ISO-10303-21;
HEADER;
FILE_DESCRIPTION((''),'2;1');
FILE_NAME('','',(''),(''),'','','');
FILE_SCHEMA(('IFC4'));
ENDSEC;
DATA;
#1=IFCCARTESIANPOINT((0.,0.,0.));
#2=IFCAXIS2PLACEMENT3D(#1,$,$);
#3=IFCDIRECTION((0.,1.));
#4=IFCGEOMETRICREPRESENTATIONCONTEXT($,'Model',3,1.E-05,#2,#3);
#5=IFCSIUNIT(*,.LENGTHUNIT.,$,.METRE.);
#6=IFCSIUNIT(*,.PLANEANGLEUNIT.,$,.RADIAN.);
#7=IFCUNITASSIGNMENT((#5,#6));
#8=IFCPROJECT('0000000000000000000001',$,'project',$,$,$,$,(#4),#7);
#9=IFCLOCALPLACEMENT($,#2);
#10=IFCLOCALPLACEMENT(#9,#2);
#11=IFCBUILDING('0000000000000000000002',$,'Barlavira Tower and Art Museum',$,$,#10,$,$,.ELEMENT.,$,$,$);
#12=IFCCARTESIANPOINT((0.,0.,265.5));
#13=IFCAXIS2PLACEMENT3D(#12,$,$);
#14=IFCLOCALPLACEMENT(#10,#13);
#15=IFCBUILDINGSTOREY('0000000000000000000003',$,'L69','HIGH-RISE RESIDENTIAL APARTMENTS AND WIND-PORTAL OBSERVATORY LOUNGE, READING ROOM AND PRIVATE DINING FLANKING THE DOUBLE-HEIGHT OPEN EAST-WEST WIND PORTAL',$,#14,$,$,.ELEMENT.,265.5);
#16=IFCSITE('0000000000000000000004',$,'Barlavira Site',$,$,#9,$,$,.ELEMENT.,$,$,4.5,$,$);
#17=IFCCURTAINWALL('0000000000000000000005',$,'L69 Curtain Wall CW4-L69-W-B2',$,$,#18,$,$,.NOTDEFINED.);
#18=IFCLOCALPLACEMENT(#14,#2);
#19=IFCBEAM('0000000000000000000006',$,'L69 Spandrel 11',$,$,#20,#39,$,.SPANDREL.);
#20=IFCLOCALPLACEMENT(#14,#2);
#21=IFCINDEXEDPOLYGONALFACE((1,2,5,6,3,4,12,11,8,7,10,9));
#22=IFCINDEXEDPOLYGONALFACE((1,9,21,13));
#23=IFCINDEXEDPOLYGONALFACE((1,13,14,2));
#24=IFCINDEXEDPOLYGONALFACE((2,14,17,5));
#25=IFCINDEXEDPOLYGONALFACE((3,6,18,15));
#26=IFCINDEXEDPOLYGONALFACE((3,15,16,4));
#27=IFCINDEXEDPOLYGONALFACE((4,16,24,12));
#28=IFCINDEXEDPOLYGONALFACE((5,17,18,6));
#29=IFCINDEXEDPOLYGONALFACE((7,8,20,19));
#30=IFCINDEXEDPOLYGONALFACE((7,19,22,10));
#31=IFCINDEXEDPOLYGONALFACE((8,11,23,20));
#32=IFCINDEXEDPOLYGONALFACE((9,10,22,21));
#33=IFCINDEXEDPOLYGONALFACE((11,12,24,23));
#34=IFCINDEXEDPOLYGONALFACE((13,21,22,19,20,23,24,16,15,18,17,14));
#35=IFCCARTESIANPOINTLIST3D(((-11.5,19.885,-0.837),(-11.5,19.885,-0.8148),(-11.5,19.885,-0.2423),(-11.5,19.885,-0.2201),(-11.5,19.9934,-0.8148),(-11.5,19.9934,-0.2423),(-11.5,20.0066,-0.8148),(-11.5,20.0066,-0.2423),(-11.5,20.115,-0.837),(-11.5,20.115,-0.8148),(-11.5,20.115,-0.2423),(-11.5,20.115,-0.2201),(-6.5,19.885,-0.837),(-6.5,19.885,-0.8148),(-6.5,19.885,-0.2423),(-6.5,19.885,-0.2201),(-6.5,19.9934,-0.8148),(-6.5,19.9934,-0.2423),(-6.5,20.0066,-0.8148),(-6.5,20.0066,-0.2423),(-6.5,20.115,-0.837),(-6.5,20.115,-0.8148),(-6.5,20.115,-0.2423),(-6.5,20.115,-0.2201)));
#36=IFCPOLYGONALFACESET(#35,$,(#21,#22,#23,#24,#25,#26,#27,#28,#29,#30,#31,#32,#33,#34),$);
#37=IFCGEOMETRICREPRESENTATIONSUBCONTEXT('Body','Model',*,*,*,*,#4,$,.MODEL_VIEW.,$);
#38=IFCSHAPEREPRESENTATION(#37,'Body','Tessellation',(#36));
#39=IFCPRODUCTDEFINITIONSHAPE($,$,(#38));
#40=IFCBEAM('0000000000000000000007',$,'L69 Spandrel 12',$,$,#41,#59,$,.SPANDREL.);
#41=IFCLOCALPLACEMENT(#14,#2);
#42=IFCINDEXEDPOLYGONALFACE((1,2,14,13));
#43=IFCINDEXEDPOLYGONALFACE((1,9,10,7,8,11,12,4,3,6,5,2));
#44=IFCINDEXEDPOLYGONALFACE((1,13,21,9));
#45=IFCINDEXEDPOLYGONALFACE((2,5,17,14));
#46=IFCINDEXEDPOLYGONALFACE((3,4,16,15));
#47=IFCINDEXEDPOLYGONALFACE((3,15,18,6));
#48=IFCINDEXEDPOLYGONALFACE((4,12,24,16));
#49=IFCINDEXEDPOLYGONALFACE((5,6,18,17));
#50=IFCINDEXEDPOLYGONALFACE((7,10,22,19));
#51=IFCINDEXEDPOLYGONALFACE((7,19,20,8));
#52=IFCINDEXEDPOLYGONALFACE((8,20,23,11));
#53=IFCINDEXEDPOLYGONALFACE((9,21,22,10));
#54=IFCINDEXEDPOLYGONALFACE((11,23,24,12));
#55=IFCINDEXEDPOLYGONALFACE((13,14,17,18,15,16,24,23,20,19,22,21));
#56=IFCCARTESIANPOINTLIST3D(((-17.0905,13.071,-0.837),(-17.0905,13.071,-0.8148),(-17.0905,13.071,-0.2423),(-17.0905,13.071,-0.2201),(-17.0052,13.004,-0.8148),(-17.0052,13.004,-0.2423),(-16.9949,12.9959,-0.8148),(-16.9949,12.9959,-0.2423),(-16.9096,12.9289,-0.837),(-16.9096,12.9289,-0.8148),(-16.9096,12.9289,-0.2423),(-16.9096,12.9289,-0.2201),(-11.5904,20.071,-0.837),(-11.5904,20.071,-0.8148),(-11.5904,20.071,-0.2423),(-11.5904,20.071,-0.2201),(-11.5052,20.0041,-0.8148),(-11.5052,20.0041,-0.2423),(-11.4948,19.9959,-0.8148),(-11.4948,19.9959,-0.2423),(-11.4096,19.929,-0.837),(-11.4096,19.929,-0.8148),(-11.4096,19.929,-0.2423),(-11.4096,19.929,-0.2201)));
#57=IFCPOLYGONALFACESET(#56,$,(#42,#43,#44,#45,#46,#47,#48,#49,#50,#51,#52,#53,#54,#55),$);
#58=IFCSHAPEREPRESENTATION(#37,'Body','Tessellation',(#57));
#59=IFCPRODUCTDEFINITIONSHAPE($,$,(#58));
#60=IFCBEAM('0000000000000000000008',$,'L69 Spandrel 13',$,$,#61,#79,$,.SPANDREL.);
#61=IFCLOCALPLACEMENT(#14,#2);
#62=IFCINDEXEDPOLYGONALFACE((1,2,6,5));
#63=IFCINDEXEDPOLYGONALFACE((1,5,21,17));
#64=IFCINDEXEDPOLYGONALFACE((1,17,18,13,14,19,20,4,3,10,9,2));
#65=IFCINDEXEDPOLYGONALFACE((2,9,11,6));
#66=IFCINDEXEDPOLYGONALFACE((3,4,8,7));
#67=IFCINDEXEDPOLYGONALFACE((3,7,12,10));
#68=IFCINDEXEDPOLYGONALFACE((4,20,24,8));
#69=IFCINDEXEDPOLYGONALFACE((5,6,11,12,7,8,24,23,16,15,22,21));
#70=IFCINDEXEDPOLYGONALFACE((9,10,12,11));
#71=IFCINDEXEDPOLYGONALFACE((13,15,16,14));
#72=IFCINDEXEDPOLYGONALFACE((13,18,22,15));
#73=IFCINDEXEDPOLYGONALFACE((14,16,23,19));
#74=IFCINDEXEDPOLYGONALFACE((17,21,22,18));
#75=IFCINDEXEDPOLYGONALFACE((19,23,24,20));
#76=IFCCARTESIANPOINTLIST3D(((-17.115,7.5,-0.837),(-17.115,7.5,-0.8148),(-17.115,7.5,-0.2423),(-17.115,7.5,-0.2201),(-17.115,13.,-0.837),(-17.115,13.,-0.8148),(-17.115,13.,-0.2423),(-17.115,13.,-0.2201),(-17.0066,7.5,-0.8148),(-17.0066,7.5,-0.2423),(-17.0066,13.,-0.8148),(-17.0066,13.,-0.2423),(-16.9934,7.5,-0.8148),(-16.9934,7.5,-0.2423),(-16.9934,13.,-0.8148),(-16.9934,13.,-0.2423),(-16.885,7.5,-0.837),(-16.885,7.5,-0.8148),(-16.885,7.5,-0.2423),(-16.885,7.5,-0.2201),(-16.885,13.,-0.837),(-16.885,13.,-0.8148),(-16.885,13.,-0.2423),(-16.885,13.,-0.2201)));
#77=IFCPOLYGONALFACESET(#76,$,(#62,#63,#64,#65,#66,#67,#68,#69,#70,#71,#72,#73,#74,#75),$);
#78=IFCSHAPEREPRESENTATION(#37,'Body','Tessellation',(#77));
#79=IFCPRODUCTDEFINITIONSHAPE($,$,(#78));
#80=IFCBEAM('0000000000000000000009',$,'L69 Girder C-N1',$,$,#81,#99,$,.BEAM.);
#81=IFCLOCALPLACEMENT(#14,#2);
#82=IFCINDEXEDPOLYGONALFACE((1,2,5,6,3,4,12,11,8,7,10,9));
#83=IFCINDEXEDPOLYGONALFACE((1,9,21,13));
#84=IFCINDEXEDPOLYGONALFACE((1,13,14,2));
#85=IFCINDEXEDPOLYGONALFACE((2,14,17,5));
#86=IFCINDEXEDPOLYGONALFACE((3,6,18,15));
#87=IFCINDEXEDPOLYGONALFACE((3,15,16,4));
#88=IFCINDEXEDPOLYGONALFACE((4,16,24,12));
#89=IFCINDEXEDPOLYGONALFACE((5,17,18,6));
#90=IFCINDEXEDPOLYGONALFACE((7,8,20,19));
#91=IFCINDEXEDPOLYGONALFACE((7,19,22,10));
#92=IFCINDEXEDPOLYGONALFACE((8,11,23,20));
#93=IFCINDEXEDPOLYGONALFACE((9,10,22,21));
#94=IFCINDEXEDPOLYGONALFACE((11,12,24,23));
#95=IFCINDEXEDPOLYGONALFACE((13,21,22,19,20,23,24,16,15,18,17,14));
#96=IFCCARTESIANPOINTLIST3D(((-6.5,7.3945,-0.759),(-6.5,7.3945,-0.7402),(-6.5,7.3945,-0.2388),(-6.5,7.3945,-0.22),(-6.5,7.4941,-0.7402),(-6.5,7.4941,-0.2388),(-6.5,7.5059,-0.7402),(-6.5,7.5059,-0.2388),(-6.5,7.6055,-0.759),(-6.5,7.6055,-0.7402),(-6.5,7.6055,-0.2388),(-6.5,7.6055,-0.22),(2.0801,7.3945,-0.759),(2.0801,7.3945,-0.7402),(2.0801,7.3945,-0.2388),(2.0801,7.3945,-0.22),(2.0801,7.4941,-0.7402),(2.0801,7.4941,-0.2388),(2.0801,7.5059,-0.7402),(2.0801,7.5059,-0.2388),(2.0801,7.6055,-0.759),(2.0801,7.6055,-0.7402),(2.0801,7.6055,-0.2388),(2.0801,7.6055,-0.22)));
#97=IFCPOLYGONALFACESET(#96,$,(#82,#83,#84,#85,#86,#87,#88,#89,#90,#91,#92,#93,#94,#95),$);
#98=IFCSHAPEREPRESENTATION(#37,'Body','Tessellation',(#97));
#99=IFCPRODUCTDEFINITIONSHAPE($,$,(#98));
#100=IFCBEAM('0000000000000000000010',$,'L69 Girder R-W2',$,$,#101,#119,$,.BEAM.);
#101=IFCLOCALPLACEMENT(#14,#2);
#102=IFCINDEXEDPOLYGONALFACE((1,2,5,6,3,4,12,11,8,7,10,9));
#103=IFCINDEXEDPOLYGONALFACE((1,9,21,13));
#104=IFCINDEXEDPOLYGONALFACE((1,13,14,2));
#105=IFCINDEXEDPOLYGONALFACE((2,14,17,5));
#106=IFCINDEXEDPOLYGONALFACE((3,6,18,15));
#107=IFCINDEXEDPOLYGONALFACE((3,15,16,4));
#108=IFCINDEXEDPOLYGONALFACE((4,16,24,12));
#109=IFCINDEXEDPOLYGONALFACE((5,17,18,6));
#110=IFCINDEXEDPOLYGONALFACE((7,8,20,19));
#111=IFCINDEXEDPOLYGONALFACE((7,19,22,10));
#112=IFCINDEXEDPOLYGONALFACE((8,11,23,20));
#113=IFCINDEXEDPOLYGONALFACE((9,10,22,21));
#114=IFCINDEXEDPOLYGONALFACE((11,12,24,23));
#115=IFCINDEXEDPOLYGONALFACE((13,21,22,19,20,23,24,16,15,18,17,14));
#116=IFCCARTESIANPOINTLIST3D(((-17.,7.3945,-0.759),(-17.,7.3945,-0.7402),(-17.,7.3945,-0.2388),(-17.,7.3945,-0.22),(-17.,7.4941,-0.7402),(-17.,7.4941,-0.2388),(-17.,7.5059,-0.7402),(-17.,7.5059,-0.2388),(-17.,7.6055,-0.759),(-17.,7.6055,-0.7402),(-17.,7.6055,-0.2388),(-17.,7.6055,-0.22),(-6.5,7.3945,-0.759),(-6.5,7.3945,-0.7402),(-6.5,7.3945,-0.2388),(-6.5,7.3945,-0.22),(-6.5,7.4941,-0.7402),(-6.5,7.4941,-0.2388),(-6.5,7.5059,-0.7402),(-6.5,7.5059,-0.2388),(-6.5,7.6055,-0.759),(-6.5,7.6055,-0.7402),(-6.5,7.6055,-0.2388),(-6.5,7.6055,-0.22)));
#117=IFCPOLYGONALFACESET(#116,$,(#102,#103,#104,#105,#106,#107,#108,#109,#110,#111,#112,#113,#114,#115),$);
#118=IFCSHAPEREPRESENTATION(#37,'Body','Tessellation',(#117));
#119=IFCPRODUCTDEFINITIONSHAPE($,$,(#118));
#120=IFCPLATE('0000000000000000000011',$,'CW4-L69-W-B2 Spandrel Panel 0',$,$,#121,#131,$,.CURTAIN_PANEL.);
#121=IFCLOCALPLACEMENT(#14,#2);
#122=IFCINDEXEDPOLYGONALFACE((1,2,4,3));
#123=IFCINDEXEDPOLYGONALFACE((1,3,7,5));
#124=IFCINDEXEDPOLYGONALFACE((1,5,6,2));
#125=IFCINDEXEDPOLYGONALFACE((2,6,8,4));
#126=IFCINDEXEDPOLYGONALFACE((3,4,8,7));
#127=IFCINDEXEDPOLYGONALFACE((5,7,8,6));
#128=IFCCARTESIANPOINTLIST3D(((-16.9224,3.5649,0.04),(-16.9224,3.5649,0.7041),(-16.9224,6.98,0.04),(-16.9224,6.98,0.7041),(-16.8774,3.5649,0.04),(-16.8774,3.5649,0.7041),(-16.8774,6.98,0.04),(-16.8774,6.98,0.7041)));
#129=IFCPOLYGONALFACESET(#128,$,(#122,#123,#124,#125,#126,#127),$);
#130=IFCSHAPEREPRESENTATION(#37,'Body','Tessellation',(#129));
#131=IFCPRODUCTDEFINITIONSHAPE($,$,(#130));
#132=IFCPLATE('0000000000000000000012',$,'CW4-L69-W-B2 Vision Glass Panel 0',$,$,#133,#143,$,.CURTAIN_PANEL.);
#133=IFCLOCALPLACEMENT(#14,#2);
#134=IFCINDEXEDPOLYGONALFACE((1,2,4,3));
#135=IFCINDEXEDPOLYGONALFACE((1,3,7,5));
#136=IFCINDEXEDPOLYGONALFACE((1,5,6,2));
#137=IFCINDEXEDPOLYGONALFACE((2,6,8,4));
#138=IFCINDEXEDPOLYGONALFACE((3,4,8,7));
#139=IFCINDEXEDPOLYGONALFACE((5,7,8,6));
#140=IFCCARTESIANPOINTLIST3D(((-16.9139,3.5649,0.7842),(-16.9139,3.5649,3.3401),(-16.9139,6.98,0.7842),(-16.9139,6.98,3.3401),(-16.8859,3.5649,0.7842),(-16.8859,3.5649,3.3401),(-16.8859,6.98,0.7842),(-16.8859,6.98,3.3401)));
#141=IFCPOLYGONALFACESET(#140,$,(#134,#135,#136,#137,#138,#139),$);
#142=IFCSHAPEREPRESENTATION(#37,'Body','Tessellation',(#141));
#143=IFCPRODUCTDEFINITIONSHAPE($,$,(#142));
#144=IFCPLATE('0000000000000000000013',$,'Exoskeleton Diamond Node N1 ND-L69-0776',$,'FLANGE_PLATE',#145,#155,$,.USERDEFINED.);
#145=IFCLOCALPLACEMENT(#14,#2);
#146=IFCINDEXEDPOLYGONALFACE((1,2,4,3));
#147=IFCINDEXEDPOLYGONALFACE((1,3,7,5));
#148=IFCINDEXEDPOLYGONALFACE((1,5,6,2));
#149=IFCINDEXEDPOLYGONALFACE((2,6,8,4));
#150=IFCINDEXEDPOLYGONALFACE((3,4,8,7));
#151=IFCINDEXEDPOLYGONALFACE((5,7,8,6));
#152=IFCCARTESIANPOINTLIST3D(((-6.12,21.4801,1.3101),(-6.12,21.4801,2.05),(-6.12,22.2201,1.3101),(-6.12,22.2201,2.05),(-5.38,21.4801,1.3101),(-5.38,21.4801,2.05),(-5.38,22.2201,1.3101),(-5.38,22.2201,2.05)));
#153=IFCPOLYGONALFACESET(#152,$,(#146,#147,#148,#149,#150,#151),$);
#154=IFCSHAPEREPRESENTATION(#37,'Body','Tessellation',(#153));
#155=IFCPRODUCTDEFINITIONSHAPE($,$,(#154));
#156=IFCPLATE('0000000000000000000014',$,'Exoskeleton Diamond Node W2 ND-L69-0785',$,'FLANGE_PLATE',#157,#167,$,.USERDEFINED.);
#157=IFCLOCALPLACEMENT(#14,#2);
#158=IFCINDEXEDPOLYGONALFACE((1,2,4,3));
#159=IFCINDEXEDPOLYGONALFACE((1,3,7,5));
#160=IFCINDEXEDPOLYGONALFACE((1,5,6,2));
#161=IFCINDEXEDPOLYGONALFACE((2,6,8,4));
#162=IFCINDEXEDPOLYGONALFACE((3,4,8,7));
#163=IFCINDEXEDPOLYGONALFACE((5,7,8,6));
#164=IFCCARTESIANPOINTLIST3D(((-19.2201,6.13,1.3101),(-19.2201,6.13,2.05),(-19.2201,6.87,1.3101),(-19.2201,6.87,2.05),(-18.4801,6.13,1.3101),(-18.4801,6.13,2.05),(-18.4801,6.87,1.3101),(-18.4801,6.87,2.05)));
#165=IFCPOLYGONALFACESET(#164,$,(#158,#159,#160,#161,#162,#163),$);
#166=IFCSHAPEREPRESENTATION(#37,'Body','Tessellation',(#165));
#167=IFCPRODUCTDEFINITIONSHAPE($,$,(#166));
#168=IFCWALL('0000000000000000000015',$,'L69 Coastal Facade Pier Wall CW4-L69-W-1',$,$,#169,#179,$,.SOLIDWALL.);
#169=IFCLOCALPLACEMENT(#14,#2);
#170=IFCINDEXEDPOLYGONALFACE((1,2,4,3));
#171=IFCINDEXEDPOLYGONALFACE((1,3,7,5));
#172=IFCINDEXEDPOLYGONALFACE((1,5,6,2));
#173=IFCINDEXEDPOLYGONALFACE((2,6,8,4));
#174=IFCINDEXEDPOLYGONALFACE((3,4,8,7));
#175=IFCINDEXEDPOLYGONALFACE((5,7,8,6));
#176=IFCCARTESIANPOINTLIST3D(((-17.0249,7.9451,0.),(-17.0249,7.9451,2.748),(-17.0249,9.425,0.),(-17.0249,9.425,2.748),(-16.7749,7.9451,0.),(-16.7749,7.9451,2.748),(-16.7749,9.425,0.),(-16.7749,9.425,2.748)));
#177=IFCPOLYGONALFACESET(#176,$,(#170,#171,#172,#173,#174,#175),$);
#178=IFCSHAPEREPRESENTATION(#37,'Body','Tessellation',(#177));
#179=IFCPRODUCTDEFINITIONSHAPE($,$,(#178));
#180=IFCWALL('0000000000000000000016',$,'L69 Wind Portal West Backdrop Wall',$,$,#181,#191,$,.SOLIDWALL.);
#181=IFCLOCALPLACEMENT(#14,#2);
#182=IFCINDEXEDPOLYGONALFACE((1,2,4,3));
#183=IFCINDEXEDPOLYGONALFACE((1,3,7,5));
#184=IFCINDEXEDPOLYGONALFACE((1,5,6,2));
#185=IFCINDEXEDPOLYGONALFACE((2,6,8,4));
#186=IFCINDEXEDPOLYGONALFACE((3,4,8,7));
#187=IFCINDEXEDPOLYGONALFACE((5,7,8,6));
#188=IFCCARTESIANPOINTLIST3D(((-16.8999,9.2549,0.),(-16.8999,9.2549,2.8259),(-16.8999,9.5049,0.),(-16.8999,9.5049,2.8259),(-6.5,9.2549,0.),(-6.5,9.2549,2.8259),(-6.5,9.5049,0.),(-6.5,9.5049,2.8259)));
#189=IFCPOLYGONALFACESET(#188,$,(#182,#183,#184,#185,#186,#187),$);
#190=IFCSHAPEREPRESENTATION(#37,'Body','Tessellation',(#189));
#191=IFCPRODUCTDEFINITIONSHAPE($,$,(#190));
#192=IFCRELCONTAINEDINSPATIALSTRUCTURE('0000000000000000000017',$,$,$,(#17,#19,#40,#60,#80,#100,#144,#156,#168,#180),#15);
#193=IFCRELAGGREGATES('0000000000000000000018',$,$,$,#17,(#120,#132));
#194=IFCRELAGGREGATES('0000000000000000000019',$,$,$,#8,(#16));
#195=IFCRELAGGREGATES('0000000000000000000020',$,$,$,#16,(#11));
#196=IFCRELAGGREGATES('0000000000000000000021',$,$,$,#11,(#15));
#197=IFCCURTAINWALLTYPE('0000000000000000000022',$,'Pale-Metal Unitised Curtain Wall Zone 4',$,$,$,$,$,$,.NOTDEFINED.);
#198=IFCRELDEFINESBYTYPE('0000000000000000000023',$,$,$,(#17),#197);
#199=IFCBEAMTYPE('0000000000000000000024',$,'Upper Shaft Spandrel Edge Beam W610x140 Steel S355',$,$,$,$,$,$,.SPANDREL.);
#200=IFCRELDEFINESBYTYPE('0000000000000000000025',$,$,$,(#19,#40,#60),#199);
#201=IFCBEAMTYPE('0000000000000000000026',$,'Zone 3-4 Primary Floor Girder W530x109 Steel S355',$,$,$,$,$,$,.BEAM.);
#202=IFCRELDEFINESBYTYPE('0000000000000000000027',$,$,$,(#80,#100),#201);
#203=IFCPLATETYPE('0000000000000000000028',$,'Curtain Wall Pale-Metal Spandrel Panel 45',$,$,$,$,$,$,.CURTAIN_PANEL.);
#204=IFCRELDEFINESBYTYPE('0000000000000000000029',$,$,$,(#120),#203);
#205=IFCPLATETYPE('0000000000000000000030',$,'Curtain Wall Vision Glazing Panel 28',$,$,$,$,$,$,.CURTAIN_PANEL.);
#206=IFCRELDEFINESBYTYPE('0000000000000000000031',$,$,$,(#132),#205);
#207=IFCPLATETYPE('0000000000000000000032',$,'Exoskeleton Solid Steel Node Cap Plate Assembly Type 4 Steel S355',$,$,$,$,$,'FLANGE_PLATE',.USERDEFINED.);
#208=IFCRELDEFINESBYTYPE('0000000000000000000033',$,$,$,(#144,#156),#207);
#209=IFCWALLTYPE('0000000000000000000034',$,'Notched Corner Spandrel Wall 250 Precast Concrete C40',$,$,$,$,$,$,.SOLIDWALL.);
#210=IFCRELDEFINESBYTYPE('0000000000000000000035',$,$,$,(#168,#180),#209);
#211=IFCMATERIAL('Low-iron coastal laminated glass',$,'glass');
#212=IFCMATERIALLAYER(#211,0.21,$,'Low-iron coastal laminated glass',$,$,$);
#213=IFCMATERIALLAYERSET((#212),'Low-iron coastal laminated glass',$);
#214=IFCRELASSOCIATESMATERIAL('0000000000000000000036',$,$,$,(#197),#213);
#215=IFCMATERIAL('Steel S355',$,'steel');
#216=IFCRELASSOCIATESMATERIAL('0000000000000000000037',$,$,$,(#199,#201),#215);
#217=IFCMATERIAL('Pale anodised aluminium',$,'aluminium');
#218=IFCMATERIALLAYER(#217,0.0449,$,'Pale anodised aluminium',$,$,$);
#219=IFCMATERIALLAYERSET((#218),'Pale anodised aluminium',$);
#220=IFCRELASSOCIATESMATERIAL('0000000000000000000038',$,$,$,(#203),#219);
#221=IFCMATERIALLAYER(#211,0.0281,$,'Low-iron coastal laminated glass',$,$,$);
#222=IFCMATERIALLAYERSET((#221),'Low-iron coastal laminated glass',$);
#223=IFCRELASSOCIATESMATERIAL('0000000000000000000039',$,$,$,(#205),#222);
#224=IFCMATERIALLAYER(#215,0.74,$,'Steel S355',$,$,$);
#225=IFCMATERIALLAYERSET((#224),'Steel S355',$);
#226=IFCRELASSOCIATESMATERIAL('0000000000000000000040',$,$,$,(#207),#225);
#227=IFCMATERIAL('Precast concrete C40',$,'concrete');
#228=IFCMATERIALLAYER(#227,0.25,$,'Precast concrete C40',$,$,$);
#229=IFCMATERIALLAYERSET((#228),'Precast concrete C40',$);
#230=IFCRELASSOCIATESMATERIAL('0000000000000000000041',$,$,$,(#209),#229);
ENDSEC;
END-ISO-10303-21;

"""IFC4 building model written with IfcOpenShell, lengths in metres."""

from ifc_helpers import new_model, si_unit, direction, frame, frame_2d, origin, origin_2d, place, context, subcontext, project, spatial, rectangle, i_section, extrude, material, layer, layer_set, material_profile, profile_set, type_object, element, aggregate, save


model = new_model("IFC4")

# Units and contexts
model_context = context("Model", 3, precision=1e-05, world=origin(), true_north=direction((0.0, 1.0)))
body_context = subcontext(model_context, "Body", "Model", "MODEL_VIEW")
ifc_project = project(units=[si_unit("LENGTHUNIT", "METRE"), si_unit("PLANEANGLEUNIT", "RADIAN")], contexts=[model_context])

# Site, building, storey
site_placement = place(None, origin())
site = spatial("IfcSite", under=ifc_project, at=site_placement, Name="Barlavira Site", CompositionType="ELEMENT", RefElevation=4.5)
building_placement = place(site_placement, origin())
building = spatial("IfcBuilding", under=site, at=building_placement, Name="Barlavira Tower and Art Museum", CompositionType="ELEMENT")
storey_placement = place(building_placement, frame((0.0, 0.0, 265.5)))
storey = spatial("IfcBuildingStorey", under=building, at=storey_placement, Name="L69", Description="HIGH-RISE RESIDENTIAL APARTMENTS AND WIND-PORTAL OBSERVATORY LOUNGE, READING ROOM AND PRIVATE DINING FLANKING THE DOUBLE-HEIGHT OPEN EAST-WEST WIND PORTAL", CompositionType="ELEMENT", Elevation=265.5)

# Shared definitions
ifc_material_1 = material(Name="Steel S355", Category="steel")

# Curtain wall
ifc_material_2 = material(Name="Low-iron coastal laminated glass", Category="glass")
ifc_layer_1 = layer(ifc_material_2, 0.21, Name="Low-iron coastal laminated glass")
ifc_layer_set_1 = layer_set([ifc_layer_1], Name="Low-iron coastal laminated glass")
curtain_wall_type = type_object("IfcCurtainWallType", Name="Pale-Metal Unitised Curtain Wall Zone 4", PredefinedType="NOTDEFINED", material=ifc_layer_set_1)
curtain_wall_placement = place(storey_placement, origin())
curtain_wall = element("IfcCurtainWall", 1, at=curtain_wall_placement, inside=storey, type_object=curtain_wall_type, Name="L69 Curtain Wall CW4-L69-W-B2", PredefinedType="NOTDEFINED")
ifc_material_3 = material(Name="Pale anodised aluminium", Category="aluminium")

# Beams
ifc_material_profile_1 = material_profile(ifc_material_1, i_section(OverallWidth=0.23, OverallDepth=0.6169, WebThickness=0.0132, FlangeThickness=0.0222, at=origin_2d()), Name="W610x140.0")
ifc_profile_set_1 = profile_set([ifc_material_profile_1], Name="Steel S355")
beam_type_1 = type_object("IfcBeamType", Name="Upper Shaft Spandrel Edge Beam W610x140 Steel S355", PredefinedType="SPANDREL", material=ifc_profile_set_1)
beam_1_placement = place(storey_placement, frame((-11.5, 20.0, -0.5286), z_axis=(1.0, 0.0, 0.0), x_axis=(0.0, 1.0, 0.0)))
element("IfcBeam", 2, at=beam_1_placement, inside=storey, type_object=beam_type_1, Name="L69 Spandrel 11", PredefinedType="SPANDREL", context=body_context, shape_type="SweptSolid", body=[
    extrude(i_section(OverallWidth=0.23, OverallDepth=0.6169, WebThickness=0.0132, FlangeThickness=0.0222, at=origin_2d()), origin(), (0.0, 0.0, 1.0), 5.0),
])
beam_2_placement = place(storey_placement, frame((-11.5, 20.0, -0.5286), z_axis=(-0.617822, -0.786318, 0.0), x_axis=(0.786318, -0.617822, 0.0)))
element("IfcBeam", 3, at=beam_2_placement, inside=storey, type_object=beam_type_1, Name="L69 Spandrel 12", PredefinedType="SPANDREL", context=body_context, shape_type="SweptSolid", body=[
    extrude(i_section(OverallWidth=0.23, OverallDepth=0.6169, WebThickness=0.0132, FlangeThickness=0.0222, at=origin_2d()), origin(), (0.0, 0.0, 1.0), 8.9023),
])
beam_3_placement = place(storey_placement, frame((-17.0, 7.5, -0.5286), z_axis=(0.0, 1.0, 0.0), x_axis=(-1.0, 0.0, 0.0)))
element("IfcBeam", 4, at=beam_3_placement, inside=storey, type_object=beam_type_1, Name="L69 Spandrel 13", PredefinedType="SPANDREL", context=body_context, shape_type="SweptSolid", body=[
    extrude(i_section(OverallWidth=0.23, OverallDepth=0.6169, WebThickness=0.0132, FlangeThickness=0.0222, at=origin_2d()), origin(), (0.0, 0.0, 1.0), 5.5),
])
ifc_material_profile_2 = material_profile(ifc_material_1, i_section(OverallWidth=0.2109, OverallDepth=0.5391, WebThickness=0.0117, FlangeThickness=0.0188, at=origin_2d()), Name="W530x109.0")
ifc_profile_set_2 = profile_set([ifc_material_profile_2], Name="Steel S355")
beam_type_2 = type_object("IfcBeamType", Name="Zone 3-4 Primary Floor Girder W530x109 Steel S355", PredefinedType="BEAM", material=ifc_profile_set_2)
beam_4_placement = place(storey_placement, frame((-6.5, 7.5, -0.4895), z_axis=(1.0, 0.0, 0.0), x_axis=(0.0, 1.0, 0.0)))
element("IfcBeam", 5, at=beam_4_placement, inside=storey, type_object=beam_type_2, Name="L69 Girder C-N1", PredefinedType="BEAM", context=body_context, shape_type="SweptSolid", body=[
    extrude(i_section(OverallWidth=0.2109, OverallDepth=0.5391, WebThickness=0.0117, FlangeThickness=0.0188, at=origin_2d()), origin(), (0.0, 0.0, 1.0), 8.5801),
])
beam_5_placement = place(storey_placement, frame((-17.0, 7.5, -0.4895), z_axis=(1.0, 0.0, 0.0), x_axis=(0.0, 1.0, 0.0)))
element("IfcBeam", 6, at=beam_5_placement, inside=storey, type_object=beam_type_2, Name="L69 Girder R-W2", PredefinedType="BEAM", context=body_context, shape_type="SweptSolid", body=[
    extrude(i_section(OverallWidth=0.2109, OverallDepth=0.5391, WebThickness=0.0117, FlangeThickness=0.0188, at=origin_2d()), origin(), (0.0, 0.0, 1.0), 10.5),
])

# Plates
ifc_layer_2 = layer(ifc_material_3, 0.0449, Name="Pale anodised aluminium")
ifc_layer_set_2 = layer_set([ifc_layer_2], Name="Pale anodised aluminium")
plate_type_1 = type_object("IfcPlateType", Name="Curtain Wall Pale-Metal Spandrel Panel 45", PredefinedType="CURTAIN_PANEL", material=ifc_layer_set_2)
plate_1_placement = place(storey_placement, frame((-16.8999, 5.2725, 0.04), z_axis=(0.0, 0.0, 1.0), x_axis=(0.0, -1.0, 0.0)))
plate_1 = element("IfcPlate", 7, at=plate_1_placement, type_object=plate_type_1, Name="CW4-L69-W-B2 Spandrel Panel 0", PredefinedType="CURTAIN_PANEL", context=body_context, shape_type="SweptSolid", body=[
    extrude(rectangle(XDim=3.415, YDim=0.0449, at=origin_2d()), origin(), (0.0, 0.0, 1.0), 0.6641),
])
ifc_layer_3 = layer(ifc_material_2, 0.0281, Name="Low-iron coastal laminated glass")
ifc_layer_set_3 = layer_set([ifc_layer_3], Name="Low-iron coastal laminated glass")
plate_type_2 = type_object("IfcPlateType", Name="Curtain Wall Vision Glazing Panel 28", PredefinedType="CURTAIN_PANEL", material=ifc_layer_set_3)
plate_2_placement = place(storey_placement, frame((-16.8999, 5.2725, 0.7842), z_axis=(0.0, 0.0, 1.0), x_axis=(0.0, -1.0, 0.0)))
plate_2 = element("IfcPlate", 8, at=plate_2_placement, type_object=plate_type_2, Name="CW4-L69-W-B2 Vision Glass Panel 0", PredefinedType="CURTAIN_PANEL", context=body_context, shape_type="SweptSolid", body=[
    extrude(rectangle(XDim=3.415, YDim=0.0281, at=origin_2d()), origin(), (0.0, 0.0, 1.0), 2.5559),
])
aggregate(curtain_wall, [plate_1, plate_2])

# Plates
ifc_layer_4 = layer(ifc_material_1, 0.74, Name="Steel S355")
ifc_layer_set_4 = layer_set([ifc_layer_4], Name="Steel S355")
plate_type_3 = type_object("IfcPlateType", Name="Exoskeleton Solid Steel Node Cap Plate Assembly Type 4 Steel S355", ElementType="FLANGE_PLATE", PredefinedType="USERDEFINED", material=ifc_layer_set_4)
for number, where, z_axis, x_axis, name in (
    (9, (-5.75, 21.8501, 1.3101), (0.0, 0.0, 1.0), (1.0, 0.0, 0.0), "Exoskeleton Diamond Node N1 ND-L69-0776"),
    (10, (-18.8501, 6.5, 1.3101), (0.0, 0.0, 1.0), (1.0, 0.0, 0.0), "Exoskeleton Diamond Node W2 ND-L69-0785"),
):
    element("IfcPlate", number, at=place(storey_placement, frame(where, z_axis=z_axis, x_axis=x_axis)), inside=storey, type_object=plate_type_3, Name=name, ObjectType="FLANGE_PLATE", PredefinedType="USERDEFINED", context=body_context, shape_type="SweptSolid", body=[
        extrude(rectangle(XDim=0.74, YDim=0.74, at=origin_2d()), origin(), (0.0, 0.0, 1.0), 0.74),
    ])

# Walls
ifc_material_4 = material(Name="Precast concrete C40", Category="concrete")
ifc_layer_5 = layer(ifc_material_4, 0.25, Name="Precast concrete C40")
ifc_layer_set_5 = layer_set([ifc_layer_5], Name="Precast concrete C40")
wall_type_1 = type_object("IfcWallType", Name="Notched Corner Spandrel Wall 250 Precast Concrete C40", PredefinedType="SOLIDWALL", material=ifc_layer_set_5)
wall_1_placement = place(storey_placement, frame((-16.8999, 9.425, 0.0), z_axis=(0.0, 0.0, 1.0), x_axis=(0.0, -1.0, 0.0)))
element("IfcWall", 11, at=wall_1_placement, inside=storey, type_object=wall_type_1, Name="L69 Coastal Facade Pier Wall CW4-L69-W-1", PredefinedType="SOLIDWALL", context=body_context, shape_type="SweptSolid", body=[
    extrude(rectangle(XDim=1.48, YDim=0.25, at=frame_2d((0.74, 0.0))), origin(), (0.0, 0.0, 1.0), 2.748),
])
wall_2_placement = place(storey_placement, frame((-16.8999, 9.3799, 0.0), z_axis=(0.0, 0.0, 1.0), x_axis=(1.0, 0.0, 0.0)))
element("IfcWall", 12, at=wall_2_placement, inside=storey, type_object=wall_type_1, Name="L69 Wind Portal West Backdrop Wall", PredefinedType="SOLIDWALL", context=body_context, shape_type="SweptSolid", body=[
    extrude(rectangle(XDim=10.3999, YDim=0.25, at=frame_2d((5.2, 0.0))), origin(), (0.0, 0.0, 1.0), 2.8259),
])

save(model, "model.ifc")
